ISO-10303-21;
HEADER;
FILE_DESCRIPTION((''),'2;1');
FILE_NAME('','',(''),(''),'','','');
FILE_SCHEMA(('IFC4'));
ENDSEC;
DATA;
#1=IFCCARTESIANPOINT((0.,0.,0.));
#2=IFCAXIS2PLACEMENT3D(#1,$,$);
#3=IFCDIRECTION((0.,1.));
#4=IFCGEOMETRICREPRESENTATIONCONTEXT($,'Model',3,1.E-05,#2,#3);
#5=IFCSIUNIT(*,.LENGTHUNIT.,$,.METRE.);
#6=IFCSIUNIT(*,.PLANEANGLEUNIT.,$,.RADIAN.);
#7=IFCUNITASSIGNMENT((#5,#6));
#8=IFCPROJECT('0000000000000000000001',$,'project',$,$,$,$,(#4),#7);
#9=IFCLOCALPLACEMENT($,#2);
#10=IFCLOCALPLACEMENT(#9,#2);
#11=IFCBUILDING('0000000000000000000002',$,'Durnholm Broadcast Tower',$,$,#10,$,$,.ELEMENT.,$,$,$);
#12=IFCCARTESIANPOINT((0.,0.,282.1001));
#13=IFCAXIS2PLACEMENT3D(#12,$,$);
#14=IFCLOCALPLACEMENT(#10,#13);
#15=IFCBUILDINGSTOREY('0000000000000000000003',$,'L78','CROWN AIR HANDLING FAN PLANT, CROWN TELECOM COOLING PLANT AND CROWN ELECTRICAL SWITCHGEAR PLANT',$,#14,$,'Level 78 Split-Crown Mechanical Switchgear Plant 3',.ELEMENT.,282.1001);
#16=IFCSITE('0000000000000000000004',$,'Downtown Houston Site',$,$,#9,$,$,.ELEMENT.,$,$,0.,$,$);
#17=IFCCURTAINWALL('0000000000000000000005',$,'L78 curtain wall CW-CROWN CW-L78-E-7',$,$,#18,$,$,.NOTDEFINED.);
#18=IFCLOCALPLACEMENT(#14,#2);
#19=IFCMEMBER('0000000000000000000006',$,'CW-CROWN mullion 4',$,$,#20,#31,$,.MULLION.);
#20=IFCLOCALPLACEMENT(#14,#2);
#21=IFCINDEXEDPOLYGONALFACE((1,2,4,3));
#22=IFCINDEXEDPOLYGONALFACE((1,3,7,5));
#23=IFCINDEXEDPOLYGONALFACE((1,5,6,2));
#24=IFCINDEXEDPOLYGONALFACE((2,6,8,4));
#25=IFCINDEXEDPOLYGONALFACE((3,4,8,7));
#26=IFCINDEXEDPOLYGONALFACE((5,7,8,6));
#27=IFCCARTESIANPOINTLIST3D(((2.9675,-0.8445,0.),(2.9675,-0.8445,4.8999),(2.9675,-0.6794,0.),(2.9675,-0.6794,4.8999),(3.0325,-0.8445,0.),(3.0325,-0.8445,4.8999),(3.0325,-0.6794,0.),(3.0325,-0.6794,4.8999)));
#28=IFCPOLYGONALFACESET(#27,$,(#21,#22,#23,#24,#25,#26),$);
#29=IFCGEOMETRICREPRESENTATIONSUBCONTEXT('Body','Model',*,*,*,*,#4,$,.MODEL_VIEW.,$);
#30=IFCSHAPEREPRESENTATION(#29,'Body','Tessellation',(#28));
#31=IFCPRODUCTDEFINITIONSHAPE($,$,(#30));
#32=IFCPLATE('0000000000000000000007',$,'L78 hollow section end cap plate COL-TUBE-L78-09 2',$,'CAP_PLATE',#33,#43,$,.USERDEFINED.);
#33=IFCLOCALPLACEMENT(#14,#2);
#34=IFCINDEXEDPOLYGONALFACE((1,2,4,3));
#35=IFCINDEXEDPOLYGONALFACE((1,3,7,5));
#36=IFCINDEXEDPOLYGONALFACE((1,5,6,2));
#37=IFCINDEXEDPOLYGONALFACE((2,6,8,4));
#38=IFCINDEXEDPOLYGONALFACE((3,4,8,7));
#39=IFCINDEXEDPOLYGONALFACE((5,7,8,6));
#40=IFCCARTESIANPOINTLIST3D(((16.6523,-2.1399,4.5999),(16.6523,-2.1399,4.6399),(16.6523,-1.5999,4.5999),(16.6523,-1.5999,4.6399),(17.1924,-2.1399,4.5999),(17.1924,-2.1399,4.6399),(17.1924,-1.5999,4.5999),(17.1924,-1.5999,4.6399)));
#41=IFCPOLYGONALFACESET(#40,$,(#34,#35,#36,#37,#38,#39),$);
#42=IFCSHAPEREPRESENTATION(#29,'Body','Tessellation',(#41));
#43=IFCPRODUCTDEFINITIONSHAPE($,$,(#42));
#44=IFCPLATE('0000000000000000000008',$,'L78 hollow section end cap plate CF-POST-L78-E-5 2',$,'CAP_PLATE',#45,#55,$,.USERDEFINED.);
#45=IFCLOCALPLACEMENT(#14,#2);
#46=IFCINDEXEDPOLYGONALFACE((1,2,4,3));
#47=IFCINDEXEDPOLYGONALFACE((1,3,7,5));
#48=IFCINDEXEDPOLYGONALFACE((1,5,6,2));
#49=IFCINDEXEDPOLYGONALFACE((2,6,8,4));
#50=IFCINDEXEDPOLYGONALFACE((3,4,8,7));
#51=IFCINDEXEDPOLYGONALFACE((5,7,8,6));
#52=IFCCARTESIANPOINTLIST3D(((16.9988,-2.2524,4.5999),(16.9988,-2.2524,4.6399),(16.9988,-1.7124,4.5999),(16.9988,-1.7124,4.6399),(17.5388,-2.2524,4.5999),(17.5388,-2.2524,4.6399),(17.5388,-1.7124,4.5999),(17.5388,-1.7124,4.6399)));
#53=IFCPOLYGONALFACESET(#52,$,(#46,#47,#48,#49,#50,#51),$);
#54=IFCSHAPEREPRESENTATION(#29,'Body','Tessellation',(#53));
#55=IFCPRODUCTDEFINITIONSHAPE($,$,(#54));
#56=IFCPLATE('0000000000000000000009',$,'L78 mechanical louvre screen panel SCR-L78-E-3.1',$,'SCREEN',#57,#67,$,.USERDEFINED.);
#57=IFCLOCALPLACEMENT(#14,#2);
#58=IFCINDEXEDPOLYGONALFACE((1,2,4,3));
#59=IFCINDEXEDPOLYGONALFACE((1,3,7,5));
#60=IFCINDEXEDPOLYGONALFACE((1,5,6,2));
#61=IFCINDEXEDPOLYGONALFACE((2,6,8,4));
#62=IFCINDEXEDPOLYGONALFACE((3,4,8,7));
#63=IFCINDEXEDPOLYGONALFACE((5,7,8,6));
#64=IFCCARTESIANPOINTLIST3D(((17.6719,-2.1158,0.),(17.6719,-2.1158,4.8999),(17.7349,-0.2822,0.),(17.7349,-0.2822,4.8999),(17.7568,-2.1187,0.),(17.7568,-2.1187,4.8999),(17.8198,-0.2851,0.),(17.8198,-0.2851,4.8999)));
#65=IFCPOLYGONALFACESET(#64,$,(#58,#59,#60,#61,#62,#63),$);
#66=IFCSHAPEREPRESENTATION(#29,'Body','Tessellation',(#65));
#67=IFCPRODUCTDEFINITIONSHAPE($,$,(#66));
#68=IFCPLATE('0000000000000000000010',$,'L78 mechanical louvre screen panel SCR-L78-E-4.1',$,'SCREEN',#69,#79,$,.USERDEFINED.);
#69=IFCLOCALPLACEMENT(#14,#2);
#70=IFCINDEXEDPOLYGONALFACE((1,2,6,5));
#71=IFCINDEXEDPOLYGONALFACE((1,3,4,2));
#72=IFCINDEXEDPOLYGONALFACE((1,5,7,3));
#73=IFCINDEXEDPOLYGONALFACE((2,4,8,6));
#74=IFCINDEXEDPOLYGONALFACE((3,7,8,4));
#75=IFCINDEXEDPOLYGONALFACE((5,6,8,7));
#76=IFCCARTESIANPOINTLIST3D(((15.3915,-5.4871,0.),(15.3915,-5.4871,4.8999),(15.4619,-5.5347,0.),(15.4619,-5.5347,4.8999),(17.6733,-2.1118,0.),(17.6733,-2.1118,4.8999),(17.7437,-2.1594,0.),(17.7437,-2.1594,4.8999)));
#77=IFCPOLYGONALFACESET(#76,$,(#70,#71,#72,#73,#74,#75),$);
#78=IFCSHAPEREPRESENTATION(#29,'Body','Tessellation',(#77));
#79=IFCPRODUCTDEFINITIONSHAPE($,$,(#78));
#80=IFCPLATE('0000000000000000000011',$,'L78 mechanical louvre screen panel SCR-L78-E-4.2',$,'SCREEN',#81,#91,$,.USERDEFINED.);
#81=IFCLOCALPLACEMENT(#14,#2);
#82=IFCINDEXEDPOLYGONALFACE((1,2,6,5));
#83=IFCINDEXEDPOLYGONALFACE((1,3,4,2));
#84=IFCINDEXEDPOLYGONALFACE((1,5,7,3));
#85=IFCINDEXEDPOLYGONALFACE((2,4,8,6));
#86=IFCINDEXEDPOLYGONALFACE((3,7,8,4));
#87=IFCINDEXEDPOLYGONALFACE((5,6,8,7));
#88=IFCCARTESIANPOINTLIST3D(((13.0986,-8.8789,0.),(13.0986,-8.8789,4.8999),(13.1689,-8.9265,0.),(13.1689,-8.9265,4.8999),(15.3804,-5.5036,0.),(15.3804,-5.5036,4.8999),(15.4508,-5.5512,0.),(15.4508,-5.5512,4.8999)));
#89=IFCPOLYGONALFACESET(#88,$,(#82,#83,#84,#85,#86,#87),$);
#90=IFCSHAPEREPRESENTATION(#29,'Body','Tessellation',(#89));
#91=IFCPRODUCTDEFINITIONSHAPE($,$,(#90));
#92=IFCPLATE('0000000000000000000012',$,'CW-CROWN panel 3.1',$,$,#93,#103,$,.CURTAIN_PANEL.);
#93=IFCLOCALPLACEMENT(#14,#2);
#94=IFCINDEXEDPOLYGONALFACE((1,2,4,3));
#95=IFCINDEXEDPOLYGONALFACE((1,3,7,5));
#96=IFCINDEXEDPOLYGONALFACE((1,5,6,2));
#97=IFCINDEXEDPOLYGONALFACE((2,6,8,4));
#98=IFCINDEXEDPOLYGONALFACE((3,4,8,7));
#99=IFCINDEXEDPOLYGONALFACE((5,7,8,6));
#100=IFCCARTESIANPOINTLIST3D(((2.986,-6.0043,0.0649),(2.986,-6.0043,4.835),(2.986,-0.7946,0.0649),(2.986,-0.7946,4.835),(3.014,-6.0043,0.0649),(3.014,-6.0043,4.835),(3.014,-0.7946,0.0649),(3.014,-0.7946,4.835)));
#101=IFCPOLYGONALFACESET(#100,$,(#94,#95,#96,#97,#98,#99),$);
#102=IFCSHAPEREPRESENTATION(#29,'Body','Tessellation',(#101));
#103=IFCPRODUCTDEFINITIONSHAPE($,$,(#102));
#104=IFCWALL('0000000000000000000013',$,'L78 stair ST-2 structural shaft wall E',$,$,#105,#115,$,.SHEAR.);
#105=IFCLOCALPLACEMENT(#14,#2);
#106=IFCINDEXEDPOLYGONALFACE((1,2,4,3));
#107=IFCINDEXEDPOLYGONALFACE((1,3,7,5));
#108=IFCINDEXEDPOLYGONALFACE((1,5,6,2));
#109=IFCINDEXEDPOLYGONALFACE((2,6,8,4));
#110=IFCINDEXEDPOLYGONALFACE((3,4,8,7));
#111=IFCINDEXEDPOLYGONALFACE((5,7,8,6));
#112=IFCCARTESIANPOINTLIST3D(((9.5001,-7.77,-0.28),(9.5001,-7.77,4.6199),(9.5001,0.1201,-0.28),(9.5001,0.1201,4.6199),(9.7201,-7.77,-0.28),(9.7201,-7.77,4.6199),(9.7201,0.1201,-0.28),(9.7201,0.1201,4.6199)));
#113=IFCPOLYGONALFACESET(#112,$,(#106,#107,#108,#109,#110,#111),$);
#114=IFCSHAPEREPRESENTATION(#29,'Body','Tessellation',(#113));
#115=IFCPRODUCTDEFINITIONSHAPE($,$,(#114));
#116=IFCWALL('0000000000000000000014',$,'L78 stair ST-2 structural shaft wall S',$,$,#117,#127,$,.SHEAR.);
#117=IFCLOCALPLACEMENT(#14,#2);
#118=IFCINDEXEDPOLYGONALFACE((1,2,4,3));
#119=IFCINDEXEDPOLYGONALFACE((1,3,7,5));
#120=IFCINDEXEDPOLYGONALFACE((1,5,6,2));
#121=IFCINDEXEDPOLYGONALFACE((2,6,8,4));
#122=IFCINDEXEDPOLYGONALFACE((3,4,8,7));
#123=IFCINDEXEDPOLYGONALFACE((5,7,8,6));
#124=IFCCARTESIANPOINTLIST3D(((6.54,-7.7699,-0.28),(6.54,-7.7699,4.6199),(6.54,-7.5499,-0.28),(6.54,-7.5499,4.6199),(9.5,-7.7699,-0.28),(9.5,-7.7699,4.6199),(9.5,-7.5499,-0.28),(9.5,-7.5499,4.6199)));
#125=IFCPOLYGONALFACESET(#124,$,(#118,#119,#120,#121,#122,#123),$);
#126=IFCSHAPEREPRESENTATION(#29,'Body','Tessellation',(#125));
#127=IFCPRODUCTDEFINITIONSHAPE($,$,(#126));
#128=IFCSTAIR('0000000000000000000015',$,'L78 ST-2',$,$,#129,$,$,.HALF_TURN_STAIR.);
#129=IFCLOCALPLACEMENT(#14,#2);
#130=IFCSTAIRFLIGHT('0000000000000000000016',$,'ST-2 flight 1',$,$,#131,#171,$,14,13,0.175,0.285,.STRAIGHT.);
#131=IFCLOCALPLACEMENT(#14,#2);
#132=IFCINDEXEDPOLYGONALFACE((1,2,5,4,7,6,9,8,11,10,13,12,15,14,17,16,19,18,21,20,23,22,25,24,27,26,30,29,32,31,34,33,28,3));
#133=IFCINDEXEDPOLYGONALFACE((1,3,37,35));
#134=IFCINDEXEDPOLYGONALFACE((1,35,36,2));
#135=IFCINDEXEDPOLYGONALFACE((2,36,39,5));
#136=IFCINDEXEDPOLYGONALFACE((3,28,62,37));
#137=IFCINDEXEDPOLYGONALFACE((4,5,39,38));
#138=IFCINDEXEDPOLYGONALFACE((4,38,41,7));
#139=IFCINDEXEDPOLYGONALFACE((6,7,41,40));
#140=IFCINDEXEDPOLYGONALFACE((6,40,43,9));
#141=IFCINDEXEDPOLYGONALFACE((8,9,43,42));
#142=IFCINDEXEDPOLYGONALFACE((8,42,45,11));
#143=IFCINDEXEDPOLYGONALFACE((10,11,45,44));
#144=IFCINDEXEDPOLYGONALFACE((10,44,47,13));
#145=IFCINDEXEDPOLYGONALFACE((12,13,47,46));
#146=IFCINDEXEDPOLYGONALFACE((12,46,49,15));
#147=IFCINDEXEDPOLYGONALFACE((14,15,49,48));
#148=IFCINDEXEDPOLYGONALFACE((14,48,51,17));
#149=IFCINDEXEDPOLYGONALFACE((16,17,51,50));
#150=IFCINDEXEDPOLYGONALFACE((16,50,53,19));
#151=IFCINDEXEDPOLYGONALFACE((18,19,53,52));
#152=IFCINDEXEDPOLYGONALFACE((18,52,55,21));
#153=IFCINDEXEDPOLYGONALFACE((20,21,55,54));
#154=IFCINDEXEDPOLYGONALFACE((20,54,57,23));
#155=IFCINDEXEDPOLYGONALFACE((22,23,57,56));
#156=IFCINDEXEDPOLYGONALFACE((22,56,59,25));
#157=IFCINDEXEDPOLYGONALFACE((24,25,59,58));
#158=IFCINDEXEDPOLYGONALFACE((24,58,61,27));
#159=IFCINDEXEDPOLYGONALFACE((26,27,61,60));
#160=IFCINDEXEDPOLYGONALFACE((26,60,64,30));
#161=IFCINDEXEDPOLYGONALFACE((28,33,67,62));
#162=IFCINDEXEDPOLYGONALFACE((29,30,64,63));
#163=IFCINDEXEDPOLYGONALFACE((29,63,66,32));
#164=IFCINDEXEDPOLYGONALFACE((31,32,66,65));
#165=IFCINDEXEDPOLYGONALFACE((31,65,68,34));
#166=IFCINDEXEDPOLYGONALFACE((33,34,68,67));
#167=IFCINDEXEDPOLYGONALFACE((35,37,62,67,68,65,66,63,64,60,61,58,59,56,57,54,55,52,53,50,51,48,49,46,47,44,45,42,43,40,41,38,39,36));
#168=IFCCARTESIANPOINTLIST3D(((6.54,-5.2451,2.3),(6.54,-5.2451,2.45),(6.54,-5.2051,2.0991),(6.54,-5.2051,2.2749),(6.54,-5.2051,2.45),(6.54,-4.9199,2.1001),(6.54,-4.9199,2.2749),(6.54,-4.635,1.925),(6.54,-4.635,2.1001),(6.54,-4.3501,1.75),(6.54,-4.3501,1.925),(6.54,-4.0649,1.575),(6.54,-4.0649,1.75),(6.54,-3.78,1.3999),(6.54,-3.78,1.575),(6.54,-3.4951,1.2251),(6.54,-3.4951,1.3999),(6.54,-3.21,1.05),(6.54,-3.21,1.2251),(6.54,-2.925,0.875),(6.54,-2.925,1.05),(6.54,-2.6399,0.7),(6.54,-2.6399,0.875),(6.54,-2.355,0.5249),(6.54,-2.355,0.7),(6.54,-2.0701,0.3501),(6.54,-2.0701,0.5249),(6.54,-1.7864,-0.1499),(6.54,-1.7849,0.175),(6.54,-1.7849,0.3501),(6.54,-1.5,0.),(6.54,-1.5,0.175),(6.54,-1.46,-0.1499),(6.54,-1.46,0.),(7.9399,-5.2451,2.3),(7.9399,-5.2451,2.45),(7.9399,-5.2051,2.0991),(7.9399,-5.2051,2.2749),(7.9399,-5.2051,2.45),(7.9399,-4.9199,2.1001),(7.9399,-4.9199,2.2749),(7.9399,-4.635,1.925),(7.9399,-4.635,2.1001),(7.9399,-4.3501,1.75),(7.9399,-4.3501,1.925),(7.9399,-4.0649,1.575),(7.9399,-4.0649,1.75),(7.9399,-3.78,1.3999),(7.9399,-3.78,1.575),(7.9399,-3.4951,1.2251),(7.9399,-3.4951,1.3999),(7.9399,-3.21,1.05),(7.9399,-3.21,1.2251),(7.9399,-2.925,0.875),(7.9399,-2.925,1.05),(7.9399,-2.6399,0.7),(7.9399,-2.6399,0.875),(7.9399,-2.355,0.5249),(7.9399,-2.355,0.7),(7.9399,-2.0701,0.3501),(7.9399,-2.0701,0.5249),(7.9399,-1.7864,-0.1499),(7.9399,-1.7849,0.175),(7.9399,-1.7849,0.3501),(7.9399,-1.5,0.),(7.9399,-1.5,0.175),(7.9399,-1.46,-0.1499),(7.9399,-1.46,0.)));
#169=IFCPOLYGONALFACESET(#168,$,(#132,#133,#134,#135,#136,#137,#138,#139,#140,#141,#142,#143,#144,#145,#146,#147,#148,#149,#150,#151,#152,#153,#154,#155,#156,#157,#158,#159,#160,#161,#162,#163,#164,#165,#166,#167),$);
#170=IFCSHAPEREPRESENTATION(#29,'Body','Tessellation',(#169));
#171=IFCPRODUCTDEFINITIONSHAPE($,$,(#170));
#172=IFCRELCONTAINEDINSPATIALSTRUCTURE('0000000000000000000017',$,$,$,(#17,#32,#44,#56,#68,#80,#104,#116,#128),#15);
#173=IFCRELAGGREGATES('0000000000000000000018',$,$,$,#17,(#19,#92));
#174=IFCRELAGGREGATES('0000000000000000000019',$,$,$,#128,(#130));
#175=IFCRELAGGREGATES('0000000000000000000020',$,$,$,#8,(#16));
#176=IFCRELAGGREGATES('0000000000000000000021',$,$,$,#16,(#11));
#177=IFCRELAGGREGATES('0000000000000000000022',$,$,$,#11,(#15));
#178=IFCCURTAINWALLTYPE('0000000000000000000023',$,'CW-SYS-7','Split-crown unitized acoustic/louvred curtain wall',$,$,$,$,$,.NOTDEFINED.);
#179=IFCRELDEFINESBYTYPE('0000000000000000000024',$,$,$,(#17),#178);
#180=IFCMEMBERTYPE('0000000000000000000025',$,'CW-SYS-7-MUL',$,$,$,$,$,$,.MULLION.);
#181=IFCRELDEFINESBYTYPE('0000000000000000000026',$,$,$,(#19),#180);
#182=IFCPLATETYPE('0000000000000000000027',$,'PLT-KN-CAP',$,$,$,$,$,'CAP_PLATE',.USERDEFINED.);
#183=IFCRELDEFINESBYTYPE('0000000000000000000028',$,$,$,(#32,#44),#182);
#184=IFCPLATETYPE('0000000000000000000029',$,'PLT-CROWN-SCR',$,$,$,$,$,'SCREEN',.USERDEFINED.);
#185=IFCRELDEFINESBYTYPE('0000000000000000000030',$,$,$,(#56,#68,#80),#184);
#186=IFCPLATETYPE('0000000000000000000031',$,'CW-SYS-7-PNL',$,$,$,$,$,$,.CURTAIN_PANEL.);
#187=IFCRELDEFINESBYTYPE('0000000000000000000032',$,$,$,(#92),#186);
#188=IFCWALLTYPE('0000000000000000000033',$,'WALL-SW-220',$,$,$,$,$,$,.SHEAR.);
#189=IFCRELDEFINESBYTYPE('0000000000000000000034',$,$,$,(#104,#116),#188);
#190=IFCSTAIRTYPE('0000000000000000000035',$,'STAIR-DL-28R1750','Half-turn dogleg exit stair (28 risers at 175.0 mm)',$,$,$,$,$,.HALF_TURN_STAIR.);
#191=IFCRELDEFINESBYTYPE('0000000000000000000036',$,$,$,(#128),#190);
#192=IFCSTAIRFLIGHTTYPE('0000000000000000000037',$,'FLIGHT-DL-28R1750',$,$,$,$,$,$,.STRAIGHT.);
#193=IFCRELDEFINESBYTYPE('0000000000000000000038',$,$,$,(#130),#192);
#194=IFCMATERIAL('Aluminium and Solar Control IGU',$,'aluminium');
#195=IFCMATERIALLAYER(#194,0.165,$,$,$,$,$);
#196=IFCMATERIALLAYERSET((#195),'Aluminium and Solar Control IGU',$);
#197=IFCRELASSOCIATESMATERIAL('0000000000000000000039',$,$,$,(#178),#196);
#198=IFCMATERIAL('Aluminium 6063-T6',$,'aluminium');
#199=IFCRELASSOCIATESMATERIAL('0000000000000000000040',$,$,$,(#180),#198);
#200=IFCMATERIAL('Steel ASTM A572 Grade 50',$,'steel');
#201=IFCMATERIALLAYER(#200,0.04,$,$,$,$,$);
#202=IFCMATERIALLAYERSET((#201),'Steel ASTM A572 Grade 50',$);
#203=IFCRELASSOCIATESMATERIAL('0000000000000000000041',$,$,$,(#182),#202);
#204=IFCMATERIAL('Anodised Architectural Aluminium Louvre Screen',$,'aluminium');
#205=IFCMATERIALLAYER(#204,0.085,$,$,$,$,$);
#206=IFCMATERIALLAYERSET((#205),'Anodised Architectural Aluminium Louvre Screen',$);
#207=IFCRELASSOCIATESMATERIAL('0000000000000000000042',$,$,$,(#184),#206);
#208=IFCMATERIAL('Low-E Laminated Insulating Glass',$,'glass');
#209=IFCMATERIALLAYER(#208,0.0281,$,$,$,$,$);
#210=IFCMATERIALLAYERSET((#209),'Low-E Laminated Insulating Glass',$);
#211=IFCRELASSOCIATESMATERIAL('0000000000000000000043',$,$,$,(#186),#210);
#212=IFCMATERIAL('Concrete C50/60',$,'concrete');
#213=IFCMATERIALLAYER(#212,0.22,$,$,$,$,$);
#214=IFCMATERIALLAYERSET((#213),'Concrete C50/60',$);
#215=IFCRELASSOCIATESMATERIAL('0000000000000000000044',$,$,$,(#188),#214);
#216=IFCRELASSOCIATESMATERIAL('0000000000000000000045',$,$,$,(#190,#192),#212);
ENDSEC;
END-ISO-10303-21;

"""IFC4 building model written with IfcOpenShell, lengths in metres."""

from ifc_helpers import new_model, si_unit, direction, frame, frame_2d, origin, origin_2d, place, context, subcontext, project, spatial, polyline, rectangle, outline, extrude, source, transform, mapped, material, layer, layer_set, material_profile, profile_set, type_object, type_shapes, element, aggregate, save


model = new_model("IFC4")

# Units and contexts
model_context = context("Model", 3, precision=1e-05, world=origin(), true_north=direction((0.0, 1.0)))
body_context = subcontext(model_context, "Body", "Model", "MODEL_VIEW")
ifc_project = project(units=[si_unit("LENGTHUNIT", "METRE"), si_unit("PLANEANGLEUNIT", "RADIAN")], contexts=[model_context])

# Site, building, storey
site_placement = place(None, origin())
site = spatial("IfcSite", under=ifc_project, at=site_placement, Name="Downtown Houston Site", CompositionType="ELEMENT", RefElevation=0.0)
building_placement = place(site_placement, origin())
building = spatial("IfcBuilding", under=site, at=building_placement, Name="Durnholm Broadcast Tower", CompositionType="ELEMENT")
storey_placement = place(building_placement, frame((0.0, 0.0, 282.1001)))
storey = spatial("IfcBuildingStorey", under=building, at=storey_placement, Name="L78", Description="CROWN AIR HANDLING FAN PLANT, CROWN TELECOM COOLING PLANT AND CROWN ELECTRICAL SWITCHGEAR PLANT", LongName="Level 78 Split-Crown Mechanical Switchgear Plant 3", CompositionType="ELEMENT", Elevation=282.1001)

# Curtain wall, member
ifc_material_1 = material(Name="Aluminium and Solar Control IGU", Category="aluminium")
ifc_layer_1 = layer(ifc_material_1, 0.165)
ifc_layer_set_1 = layer_set([ifc_layer_1], Name="Aluminium and Solar Control IGU")
curtain_wall_type = type_object("IfcCurtainWallType", Name="CW-SYS-7", Description="Split-crown unitized acoustic/louvred curtain wall", PredefinedType="NOTDEFINED", material=ifc_layer_set_1)
curtain_wall_placement = place(storey_placement, origin())
curtain_wall = element("IfcCurtainWall", 1, at=curtain_wall_placement, inside=storey, type_object=curtain_wall_type, Name="L78 curtain wall CW-CROWN CW-L78-E-7", PredefinedType="NOTDEFINED")
ifc_material_2 = material(Name="Aluminium 6063-T6", Category="aluminium")
ifc_material_profile_1 = material_profile(ifc_material_2, rectangle(XDim=0.0649, YDim=0.165, at=origin_2d()), Name="CWM65X165")
ifc_profile_set_1 = profile_set([ifc_material_profile_1], Name="Aluminium 6063-T6")
member_type_1 = type_object("IfcMemberType", Name="CW-SYS-7-MUL", PredefinedType="MULLION", material=ifc_profile_set_1)
shared_shape_1 = source(origin(), body_context, "Body", "SweptSolid", [
    extrude(rectangle(XDim=0.0649, YDim=0.165, at=origin_2d()), origin(), (0.0, 0.0, 1.0), 4.8999),
])
type_shapes(member_type_1, [shared_shape_1])
member_1_placement = place(storey_placement, frame((3.0, -0.762, 0.0), z_axis=(0.0, 0.0, 1.0), x_axis=(-1.0, 0.0, 0.0)))
member_1 = element("IfcMember", 2, at=member_1_placement, type_object=member_type_1, Name="CW-CROWN mullion 4", PredefinedType="MULLION", context=body_context, shape_type="MappedRepresentation", body=[
    mapped(shared_shape_1, transform((0.0, 0.0, 0.0), x_axis=(1.0, 0.0, 0.0), y_axis=(0.0, 1.0, 0.0), z_axis=(0.0, 0.0, 1.0), scale=1.0)),
])

# Plates
ifc_material_3 = material(Name="Steel ASTM A572 Grade 50", Category="steel")
ifc_layer_2 = layer(ifc_material_3, 0.04)
ifc_layer_set_2 = layer_set([ifc_layer_2], Name="Steel ASTM A572 Grade 50")
plate_type_1 = type_object("IfcPlateType", Name="PLT-KN-CAP", ElementType="CAP_PLATE", PredefinedType="USERDEFINED", material=ifc_layer_set_2)
shared_shape_2 = source(origin(), body_context, "Body", "SweptSolid", [
    extrude(rectangle(XDim=0.54, YDim=0.54, at=origin_2d()), origin(), (0.0, 0.0, 1.0), 0.04),
])
type_shapes(plate_type_1, [shared_shape_2])
for number, where, z_axis, x_axis, name in (
    (3, (16.9224, -1.8699, 4.5999), (0.0, 0.0, 1.0), (1.0, 0.0, 0.0), "L78 hollow section end cap plate COL-TUBE-L78-09 2"),
    (4, (17.2688, -1.9824, 4.5999), (0.0, 0.0, 1.0), (1.0, 0.0, 0.0), "L78 hollow section end cap plate CF-POST-L78-E-5 2"),
):
    element("IfcPlate", number, at=place(storey_placement, frame(where, z_axis=z_axis, x_axis=x_axis)), inside=storey, type_object=plate_type_1, Name=name, ObjectType="CAP_PLATE", PredefinedType="USERDEFINED", context=body_context, shape_type="MappedRepresentation", body=[
        mapped(shared_shape_2, transform((0.0, 0.0, 0.0), x_axis=(1.0, 0.0, 0.0), y_axis=(0.0, 1.0, 0.0), z_axis=(0.0, 0.0, 1.0), scale=1.0)),
    ])
ifc_material_4 = material(Name="Anodised Architectural Aluminium Louvre Screen", Category="aluminium")
ifc_layer_3 = layer(ifc_material_4, 0.085)
ifc_layer_set_3 = layer_set([ifc_layer_3], Name="Anodised Architectural Aluminium Louvre Screen")
plate_type_2 = type_object("IfcPlateType", Name="PLT-CROWN-SCR", ElementType="SCREEN", PredefinedType="USERDEFINED", material=ifc_layer_set_3)
shared_shape_3 = source(origin(), body_context, "Body", "SweptSolid", [
    extrude(rectangle(XDim=1.8347, YDim=0.085, at=origin_2d()), origin(), (0.0, 0.0, 1.0), 4.8999),
])
plate_1_placement = place(storey_placement, frame((17.7458, -1.2004, 0.0), z_axis=(0.0, 0.0, 1.0), x_axis=(-0.034376, -0.999409, 0.0)))
element("IfcPlate", 5, at=plate_1_placement, inside=storey, type_object=plate_type_2, Name="L78 mechanical louvre screen panel SCR-L78-E-3.1", ObjectType="SCREEN", PredefinedType="USERDEFINED", context=body_context, shape_type="MappedRepresentation", body=[
    mapped(shared_shape_3, transform((0.0, 0.0, 0.0), x_axis=(1.0, 0.0, 0.0), y_axis=(0.0, 1.0, 0.0), z_axis=(0.0, 0.0, 1.0), scale=1.0)),
])
shared_shape_4 = source(origin(), body_context, "Body", "SweptSolid", [
    extrude(rectangle(XDim=4.0742, YDim=0.085, at=origin_2d()), origin(), (0.0, 0.0, 1.0), 4.8999),
])
type_shapes(plate_type_2, [shared_shape_3, shared_shape_4])
for number, where, z_axis, x_axis, name in (
    (6, (16.5676, -3.8232, 0.0), (0.0, 0.0, 1.0), (-0.560061, -0.828452, 0.0), "L78 mechanical louvre screen panel SCR-L78-E-4.1"),
    (7, (14.2747, -7.2151, 0.0), (0.0, 0.0, 1.0), (-0.560061, -0.828452, 0.0), "L78 mechanical louvre screen panel SCR-L78-E-4.2"),
):
    element("IfcPlate", number, at=place(storey_placement, frame(where, z_axis=z_axis, x_axis=x_axis)), inside=storey, type_object=plate_type_2, Name=name, ObjectType="SCREEN", PredefinedType="USERDEFINED", context=body_context, shape_type="MappedRepresentation", body=[
        mapped(shared_shape_4, transform((0.0, 0.0, 0.0), x_axis=(1.0, 0.0, 0.0), y_axis=(0.0, 1.0, 0.0), z_axis=(0.0, 0.0, 1.0), scale=1.0)),
    ])

# Plate
ifc_material_5 = material(Name="Low-E Laminated Insulating Glass", Category="glass")
ifc_layer_4 = layer(ifc_material_5, 0.0281)
ifc_layer_set_4 = layer_set([ifc_layer_4], Name="Low-E Laminated Insulating Glass")
plate_type_3 = type_object("IfcPlateType", Name="CW-SYS-7-PNL", PredefinedType="CURTAIN_PANEL", material=ifc_layer_set_4)
shared_shape_5 = source(origin(), body_context, "Body", "SweptSolid", [
    extrude(rectangle(XDim=5.2097, YDim=0.0281, at=origin_2d()), origin(), (0.0, 0.0, 1.0), 4.77),
])
type_shapes(plate_type_3, [shared_shape_5])
plate_2_placement = place(storey_placement, frame((3.0, -3.3994, 0.0649), z_axis=(0.0, 0.0, 1.0), x_axis=(0.0, 1.0, 0.0)))
plate_2 = element("IfcPlate", 8, at=plate_2_placement, type_object=plate_type_3, Name="CW-CROWN panel 3.1", PredefinedType="CURTAIN_PANEL", context=body_context, shape_type="MappedRepresentation", body=[
    mapped(shared_shape_5, transform((0.0, 0.0, 0.0), x_axis=(1.0, 0.0, 0.0), y_axis=(0.0, 1.0, 0.0), z_axis=(0.0, 0.0, 1.0), scale=1.0)),
])
aggregate(curtain_wall, [member_1, plate_2])

# Walls
ifc_material_6 = material(Name="Concrete C50/60", Category="concrete")
ifc_layer_5 = layer(ifc_material_6, 0.22)
ifc_layer_set_5 = layer_set([ifc_layer_5], Name="Concrete C50/60")
wall_type = type_object("IfcWallType", Name="WALL-SW-220", PredefinedType="SHEAR", material=ifc_layer_set_5)
wall_1_placement = place(storey_placement, frame((9.6101, -7.77, -0.28), z_axis=(0.0, 0.0, 1.0), x_axis=(0.0, 1.0, 0.0)))
element("IfcWall", 9, at=wall_1_placement, inside=storey, type_object=wall_type, Name="L78 stair ST-2 structural shaft wall E", PredefinedType="SHEAR", context=body_context, shape_type="SweptSolid", body=[
    extrude(rectangle(XDim=7.8901, YDim=0.22, at=frame_2d((3.9451, 0.0))), origin(), (0.0, 0.0, 1.0), 4.8999),
])
wall_2_placement = place(storey_placement, frame((6.54, -7.6599, -0.28), z_axis=(0.0, 0.0, 1.0), x_axis=(1.0, 0.0, 0.0)))
element("IfcWall", 10, at=wall_2_placement, inside=storey, type_object=wall_type, Name="L78 stair ST-2 structural shaft wall S", PredefinedType="SHEAR", context=body_context, shape_type="SweptSolid", body=[
    extrude(rectangle(XDim=2.96, YDim=0.22, at=frame_2d((1.48, 0.0))), origin(), (0.0, 0.0, 1.0), 4.8999),
])

# Stair, stair flight
stair_type = type_object("IfcStairType", Name="STAIR-DL-28R1750", Description="Half-turn dogleg exit stair (28 risers at 175.0 mm)", PredefinedType="HALF_TURN_STAIR", material=ifc_material_6)
stair_placement = place(storey_placement, origin())
stair = element("IfcStair", 11, at=stair_placement, inside=storey, type_object=stair_type, Name="L78 ST-2", PredefinedType="HALF_TURN_STAIR")
stair_flight_type = type_object("IfcStairFlightType", Name="FLIGHT-DL-28R1750", PredefinedType="STRAIGHT", material=ifc_material_6)
stair_flight_1_placement = place(storey_placement, frame((7.24, -1.5, 0.0), z_axis=(0.0, 0.0, 1.0), x_axis=(0.0, -1.0, 0.0)))
stair_flight_1 = element("IfcStairFlight", 12, at=stair_flight_1_placement, type_object=stair_flight_type, Name="ST-2 flight 1", NumberOfRisers=14, NumberOfTreads=13, PredefinedType="STRAIGHT", RiserHeight=0.175, TreadLength=0.285, context=body_context, shape_type="SweptSolid", body=[
    extrude(outline(polyline([(-0.04, -0.1499), (-0.04, 0.0), (0.0, 0.0), (0.0, 0.175), (0.2849, 0.175), (0.2849, 0.3501), (0.5701, 0.3501), (0.5701, 0.5249), (0.855, 0.5249), (0.855, 0.7), (1.1399, 0.7), (1.1399, 0.875), (1.425, 0.875), (1.425, 1.05), (1.71, 1.05), (1.71, 1.2251), (1.9951, 1.2251), (1.9951, 1.3999), (2.28, 1.3999), (2.28, 1.575), (2.5649, 1.575), (2.5649, 1.75), (2.8501, 1.75), (2.8501, 1.925), (3.135, 1.925), (3.135, 2.1001), (3.4199, 2.1001), (3.4199, 2.2749), (3.7051, 2.2749), (3.7051, 2.45), (3.7451, 2.45), (3.7451, 2.3), (3.7051, 2.0991), (0.2864, -0.1499), (-0.04, -0.1499)])), frame((0.0, 0.7, 0.0), z_axis=(0.0, -1.0, 0.0), x_axis=(1.0, 0.0, 0.0)), (0.0, 0.0, 1.0), 1.3999),
])
aggregate(stair, [stair_flight_1])

save(model, "model.ifc")
